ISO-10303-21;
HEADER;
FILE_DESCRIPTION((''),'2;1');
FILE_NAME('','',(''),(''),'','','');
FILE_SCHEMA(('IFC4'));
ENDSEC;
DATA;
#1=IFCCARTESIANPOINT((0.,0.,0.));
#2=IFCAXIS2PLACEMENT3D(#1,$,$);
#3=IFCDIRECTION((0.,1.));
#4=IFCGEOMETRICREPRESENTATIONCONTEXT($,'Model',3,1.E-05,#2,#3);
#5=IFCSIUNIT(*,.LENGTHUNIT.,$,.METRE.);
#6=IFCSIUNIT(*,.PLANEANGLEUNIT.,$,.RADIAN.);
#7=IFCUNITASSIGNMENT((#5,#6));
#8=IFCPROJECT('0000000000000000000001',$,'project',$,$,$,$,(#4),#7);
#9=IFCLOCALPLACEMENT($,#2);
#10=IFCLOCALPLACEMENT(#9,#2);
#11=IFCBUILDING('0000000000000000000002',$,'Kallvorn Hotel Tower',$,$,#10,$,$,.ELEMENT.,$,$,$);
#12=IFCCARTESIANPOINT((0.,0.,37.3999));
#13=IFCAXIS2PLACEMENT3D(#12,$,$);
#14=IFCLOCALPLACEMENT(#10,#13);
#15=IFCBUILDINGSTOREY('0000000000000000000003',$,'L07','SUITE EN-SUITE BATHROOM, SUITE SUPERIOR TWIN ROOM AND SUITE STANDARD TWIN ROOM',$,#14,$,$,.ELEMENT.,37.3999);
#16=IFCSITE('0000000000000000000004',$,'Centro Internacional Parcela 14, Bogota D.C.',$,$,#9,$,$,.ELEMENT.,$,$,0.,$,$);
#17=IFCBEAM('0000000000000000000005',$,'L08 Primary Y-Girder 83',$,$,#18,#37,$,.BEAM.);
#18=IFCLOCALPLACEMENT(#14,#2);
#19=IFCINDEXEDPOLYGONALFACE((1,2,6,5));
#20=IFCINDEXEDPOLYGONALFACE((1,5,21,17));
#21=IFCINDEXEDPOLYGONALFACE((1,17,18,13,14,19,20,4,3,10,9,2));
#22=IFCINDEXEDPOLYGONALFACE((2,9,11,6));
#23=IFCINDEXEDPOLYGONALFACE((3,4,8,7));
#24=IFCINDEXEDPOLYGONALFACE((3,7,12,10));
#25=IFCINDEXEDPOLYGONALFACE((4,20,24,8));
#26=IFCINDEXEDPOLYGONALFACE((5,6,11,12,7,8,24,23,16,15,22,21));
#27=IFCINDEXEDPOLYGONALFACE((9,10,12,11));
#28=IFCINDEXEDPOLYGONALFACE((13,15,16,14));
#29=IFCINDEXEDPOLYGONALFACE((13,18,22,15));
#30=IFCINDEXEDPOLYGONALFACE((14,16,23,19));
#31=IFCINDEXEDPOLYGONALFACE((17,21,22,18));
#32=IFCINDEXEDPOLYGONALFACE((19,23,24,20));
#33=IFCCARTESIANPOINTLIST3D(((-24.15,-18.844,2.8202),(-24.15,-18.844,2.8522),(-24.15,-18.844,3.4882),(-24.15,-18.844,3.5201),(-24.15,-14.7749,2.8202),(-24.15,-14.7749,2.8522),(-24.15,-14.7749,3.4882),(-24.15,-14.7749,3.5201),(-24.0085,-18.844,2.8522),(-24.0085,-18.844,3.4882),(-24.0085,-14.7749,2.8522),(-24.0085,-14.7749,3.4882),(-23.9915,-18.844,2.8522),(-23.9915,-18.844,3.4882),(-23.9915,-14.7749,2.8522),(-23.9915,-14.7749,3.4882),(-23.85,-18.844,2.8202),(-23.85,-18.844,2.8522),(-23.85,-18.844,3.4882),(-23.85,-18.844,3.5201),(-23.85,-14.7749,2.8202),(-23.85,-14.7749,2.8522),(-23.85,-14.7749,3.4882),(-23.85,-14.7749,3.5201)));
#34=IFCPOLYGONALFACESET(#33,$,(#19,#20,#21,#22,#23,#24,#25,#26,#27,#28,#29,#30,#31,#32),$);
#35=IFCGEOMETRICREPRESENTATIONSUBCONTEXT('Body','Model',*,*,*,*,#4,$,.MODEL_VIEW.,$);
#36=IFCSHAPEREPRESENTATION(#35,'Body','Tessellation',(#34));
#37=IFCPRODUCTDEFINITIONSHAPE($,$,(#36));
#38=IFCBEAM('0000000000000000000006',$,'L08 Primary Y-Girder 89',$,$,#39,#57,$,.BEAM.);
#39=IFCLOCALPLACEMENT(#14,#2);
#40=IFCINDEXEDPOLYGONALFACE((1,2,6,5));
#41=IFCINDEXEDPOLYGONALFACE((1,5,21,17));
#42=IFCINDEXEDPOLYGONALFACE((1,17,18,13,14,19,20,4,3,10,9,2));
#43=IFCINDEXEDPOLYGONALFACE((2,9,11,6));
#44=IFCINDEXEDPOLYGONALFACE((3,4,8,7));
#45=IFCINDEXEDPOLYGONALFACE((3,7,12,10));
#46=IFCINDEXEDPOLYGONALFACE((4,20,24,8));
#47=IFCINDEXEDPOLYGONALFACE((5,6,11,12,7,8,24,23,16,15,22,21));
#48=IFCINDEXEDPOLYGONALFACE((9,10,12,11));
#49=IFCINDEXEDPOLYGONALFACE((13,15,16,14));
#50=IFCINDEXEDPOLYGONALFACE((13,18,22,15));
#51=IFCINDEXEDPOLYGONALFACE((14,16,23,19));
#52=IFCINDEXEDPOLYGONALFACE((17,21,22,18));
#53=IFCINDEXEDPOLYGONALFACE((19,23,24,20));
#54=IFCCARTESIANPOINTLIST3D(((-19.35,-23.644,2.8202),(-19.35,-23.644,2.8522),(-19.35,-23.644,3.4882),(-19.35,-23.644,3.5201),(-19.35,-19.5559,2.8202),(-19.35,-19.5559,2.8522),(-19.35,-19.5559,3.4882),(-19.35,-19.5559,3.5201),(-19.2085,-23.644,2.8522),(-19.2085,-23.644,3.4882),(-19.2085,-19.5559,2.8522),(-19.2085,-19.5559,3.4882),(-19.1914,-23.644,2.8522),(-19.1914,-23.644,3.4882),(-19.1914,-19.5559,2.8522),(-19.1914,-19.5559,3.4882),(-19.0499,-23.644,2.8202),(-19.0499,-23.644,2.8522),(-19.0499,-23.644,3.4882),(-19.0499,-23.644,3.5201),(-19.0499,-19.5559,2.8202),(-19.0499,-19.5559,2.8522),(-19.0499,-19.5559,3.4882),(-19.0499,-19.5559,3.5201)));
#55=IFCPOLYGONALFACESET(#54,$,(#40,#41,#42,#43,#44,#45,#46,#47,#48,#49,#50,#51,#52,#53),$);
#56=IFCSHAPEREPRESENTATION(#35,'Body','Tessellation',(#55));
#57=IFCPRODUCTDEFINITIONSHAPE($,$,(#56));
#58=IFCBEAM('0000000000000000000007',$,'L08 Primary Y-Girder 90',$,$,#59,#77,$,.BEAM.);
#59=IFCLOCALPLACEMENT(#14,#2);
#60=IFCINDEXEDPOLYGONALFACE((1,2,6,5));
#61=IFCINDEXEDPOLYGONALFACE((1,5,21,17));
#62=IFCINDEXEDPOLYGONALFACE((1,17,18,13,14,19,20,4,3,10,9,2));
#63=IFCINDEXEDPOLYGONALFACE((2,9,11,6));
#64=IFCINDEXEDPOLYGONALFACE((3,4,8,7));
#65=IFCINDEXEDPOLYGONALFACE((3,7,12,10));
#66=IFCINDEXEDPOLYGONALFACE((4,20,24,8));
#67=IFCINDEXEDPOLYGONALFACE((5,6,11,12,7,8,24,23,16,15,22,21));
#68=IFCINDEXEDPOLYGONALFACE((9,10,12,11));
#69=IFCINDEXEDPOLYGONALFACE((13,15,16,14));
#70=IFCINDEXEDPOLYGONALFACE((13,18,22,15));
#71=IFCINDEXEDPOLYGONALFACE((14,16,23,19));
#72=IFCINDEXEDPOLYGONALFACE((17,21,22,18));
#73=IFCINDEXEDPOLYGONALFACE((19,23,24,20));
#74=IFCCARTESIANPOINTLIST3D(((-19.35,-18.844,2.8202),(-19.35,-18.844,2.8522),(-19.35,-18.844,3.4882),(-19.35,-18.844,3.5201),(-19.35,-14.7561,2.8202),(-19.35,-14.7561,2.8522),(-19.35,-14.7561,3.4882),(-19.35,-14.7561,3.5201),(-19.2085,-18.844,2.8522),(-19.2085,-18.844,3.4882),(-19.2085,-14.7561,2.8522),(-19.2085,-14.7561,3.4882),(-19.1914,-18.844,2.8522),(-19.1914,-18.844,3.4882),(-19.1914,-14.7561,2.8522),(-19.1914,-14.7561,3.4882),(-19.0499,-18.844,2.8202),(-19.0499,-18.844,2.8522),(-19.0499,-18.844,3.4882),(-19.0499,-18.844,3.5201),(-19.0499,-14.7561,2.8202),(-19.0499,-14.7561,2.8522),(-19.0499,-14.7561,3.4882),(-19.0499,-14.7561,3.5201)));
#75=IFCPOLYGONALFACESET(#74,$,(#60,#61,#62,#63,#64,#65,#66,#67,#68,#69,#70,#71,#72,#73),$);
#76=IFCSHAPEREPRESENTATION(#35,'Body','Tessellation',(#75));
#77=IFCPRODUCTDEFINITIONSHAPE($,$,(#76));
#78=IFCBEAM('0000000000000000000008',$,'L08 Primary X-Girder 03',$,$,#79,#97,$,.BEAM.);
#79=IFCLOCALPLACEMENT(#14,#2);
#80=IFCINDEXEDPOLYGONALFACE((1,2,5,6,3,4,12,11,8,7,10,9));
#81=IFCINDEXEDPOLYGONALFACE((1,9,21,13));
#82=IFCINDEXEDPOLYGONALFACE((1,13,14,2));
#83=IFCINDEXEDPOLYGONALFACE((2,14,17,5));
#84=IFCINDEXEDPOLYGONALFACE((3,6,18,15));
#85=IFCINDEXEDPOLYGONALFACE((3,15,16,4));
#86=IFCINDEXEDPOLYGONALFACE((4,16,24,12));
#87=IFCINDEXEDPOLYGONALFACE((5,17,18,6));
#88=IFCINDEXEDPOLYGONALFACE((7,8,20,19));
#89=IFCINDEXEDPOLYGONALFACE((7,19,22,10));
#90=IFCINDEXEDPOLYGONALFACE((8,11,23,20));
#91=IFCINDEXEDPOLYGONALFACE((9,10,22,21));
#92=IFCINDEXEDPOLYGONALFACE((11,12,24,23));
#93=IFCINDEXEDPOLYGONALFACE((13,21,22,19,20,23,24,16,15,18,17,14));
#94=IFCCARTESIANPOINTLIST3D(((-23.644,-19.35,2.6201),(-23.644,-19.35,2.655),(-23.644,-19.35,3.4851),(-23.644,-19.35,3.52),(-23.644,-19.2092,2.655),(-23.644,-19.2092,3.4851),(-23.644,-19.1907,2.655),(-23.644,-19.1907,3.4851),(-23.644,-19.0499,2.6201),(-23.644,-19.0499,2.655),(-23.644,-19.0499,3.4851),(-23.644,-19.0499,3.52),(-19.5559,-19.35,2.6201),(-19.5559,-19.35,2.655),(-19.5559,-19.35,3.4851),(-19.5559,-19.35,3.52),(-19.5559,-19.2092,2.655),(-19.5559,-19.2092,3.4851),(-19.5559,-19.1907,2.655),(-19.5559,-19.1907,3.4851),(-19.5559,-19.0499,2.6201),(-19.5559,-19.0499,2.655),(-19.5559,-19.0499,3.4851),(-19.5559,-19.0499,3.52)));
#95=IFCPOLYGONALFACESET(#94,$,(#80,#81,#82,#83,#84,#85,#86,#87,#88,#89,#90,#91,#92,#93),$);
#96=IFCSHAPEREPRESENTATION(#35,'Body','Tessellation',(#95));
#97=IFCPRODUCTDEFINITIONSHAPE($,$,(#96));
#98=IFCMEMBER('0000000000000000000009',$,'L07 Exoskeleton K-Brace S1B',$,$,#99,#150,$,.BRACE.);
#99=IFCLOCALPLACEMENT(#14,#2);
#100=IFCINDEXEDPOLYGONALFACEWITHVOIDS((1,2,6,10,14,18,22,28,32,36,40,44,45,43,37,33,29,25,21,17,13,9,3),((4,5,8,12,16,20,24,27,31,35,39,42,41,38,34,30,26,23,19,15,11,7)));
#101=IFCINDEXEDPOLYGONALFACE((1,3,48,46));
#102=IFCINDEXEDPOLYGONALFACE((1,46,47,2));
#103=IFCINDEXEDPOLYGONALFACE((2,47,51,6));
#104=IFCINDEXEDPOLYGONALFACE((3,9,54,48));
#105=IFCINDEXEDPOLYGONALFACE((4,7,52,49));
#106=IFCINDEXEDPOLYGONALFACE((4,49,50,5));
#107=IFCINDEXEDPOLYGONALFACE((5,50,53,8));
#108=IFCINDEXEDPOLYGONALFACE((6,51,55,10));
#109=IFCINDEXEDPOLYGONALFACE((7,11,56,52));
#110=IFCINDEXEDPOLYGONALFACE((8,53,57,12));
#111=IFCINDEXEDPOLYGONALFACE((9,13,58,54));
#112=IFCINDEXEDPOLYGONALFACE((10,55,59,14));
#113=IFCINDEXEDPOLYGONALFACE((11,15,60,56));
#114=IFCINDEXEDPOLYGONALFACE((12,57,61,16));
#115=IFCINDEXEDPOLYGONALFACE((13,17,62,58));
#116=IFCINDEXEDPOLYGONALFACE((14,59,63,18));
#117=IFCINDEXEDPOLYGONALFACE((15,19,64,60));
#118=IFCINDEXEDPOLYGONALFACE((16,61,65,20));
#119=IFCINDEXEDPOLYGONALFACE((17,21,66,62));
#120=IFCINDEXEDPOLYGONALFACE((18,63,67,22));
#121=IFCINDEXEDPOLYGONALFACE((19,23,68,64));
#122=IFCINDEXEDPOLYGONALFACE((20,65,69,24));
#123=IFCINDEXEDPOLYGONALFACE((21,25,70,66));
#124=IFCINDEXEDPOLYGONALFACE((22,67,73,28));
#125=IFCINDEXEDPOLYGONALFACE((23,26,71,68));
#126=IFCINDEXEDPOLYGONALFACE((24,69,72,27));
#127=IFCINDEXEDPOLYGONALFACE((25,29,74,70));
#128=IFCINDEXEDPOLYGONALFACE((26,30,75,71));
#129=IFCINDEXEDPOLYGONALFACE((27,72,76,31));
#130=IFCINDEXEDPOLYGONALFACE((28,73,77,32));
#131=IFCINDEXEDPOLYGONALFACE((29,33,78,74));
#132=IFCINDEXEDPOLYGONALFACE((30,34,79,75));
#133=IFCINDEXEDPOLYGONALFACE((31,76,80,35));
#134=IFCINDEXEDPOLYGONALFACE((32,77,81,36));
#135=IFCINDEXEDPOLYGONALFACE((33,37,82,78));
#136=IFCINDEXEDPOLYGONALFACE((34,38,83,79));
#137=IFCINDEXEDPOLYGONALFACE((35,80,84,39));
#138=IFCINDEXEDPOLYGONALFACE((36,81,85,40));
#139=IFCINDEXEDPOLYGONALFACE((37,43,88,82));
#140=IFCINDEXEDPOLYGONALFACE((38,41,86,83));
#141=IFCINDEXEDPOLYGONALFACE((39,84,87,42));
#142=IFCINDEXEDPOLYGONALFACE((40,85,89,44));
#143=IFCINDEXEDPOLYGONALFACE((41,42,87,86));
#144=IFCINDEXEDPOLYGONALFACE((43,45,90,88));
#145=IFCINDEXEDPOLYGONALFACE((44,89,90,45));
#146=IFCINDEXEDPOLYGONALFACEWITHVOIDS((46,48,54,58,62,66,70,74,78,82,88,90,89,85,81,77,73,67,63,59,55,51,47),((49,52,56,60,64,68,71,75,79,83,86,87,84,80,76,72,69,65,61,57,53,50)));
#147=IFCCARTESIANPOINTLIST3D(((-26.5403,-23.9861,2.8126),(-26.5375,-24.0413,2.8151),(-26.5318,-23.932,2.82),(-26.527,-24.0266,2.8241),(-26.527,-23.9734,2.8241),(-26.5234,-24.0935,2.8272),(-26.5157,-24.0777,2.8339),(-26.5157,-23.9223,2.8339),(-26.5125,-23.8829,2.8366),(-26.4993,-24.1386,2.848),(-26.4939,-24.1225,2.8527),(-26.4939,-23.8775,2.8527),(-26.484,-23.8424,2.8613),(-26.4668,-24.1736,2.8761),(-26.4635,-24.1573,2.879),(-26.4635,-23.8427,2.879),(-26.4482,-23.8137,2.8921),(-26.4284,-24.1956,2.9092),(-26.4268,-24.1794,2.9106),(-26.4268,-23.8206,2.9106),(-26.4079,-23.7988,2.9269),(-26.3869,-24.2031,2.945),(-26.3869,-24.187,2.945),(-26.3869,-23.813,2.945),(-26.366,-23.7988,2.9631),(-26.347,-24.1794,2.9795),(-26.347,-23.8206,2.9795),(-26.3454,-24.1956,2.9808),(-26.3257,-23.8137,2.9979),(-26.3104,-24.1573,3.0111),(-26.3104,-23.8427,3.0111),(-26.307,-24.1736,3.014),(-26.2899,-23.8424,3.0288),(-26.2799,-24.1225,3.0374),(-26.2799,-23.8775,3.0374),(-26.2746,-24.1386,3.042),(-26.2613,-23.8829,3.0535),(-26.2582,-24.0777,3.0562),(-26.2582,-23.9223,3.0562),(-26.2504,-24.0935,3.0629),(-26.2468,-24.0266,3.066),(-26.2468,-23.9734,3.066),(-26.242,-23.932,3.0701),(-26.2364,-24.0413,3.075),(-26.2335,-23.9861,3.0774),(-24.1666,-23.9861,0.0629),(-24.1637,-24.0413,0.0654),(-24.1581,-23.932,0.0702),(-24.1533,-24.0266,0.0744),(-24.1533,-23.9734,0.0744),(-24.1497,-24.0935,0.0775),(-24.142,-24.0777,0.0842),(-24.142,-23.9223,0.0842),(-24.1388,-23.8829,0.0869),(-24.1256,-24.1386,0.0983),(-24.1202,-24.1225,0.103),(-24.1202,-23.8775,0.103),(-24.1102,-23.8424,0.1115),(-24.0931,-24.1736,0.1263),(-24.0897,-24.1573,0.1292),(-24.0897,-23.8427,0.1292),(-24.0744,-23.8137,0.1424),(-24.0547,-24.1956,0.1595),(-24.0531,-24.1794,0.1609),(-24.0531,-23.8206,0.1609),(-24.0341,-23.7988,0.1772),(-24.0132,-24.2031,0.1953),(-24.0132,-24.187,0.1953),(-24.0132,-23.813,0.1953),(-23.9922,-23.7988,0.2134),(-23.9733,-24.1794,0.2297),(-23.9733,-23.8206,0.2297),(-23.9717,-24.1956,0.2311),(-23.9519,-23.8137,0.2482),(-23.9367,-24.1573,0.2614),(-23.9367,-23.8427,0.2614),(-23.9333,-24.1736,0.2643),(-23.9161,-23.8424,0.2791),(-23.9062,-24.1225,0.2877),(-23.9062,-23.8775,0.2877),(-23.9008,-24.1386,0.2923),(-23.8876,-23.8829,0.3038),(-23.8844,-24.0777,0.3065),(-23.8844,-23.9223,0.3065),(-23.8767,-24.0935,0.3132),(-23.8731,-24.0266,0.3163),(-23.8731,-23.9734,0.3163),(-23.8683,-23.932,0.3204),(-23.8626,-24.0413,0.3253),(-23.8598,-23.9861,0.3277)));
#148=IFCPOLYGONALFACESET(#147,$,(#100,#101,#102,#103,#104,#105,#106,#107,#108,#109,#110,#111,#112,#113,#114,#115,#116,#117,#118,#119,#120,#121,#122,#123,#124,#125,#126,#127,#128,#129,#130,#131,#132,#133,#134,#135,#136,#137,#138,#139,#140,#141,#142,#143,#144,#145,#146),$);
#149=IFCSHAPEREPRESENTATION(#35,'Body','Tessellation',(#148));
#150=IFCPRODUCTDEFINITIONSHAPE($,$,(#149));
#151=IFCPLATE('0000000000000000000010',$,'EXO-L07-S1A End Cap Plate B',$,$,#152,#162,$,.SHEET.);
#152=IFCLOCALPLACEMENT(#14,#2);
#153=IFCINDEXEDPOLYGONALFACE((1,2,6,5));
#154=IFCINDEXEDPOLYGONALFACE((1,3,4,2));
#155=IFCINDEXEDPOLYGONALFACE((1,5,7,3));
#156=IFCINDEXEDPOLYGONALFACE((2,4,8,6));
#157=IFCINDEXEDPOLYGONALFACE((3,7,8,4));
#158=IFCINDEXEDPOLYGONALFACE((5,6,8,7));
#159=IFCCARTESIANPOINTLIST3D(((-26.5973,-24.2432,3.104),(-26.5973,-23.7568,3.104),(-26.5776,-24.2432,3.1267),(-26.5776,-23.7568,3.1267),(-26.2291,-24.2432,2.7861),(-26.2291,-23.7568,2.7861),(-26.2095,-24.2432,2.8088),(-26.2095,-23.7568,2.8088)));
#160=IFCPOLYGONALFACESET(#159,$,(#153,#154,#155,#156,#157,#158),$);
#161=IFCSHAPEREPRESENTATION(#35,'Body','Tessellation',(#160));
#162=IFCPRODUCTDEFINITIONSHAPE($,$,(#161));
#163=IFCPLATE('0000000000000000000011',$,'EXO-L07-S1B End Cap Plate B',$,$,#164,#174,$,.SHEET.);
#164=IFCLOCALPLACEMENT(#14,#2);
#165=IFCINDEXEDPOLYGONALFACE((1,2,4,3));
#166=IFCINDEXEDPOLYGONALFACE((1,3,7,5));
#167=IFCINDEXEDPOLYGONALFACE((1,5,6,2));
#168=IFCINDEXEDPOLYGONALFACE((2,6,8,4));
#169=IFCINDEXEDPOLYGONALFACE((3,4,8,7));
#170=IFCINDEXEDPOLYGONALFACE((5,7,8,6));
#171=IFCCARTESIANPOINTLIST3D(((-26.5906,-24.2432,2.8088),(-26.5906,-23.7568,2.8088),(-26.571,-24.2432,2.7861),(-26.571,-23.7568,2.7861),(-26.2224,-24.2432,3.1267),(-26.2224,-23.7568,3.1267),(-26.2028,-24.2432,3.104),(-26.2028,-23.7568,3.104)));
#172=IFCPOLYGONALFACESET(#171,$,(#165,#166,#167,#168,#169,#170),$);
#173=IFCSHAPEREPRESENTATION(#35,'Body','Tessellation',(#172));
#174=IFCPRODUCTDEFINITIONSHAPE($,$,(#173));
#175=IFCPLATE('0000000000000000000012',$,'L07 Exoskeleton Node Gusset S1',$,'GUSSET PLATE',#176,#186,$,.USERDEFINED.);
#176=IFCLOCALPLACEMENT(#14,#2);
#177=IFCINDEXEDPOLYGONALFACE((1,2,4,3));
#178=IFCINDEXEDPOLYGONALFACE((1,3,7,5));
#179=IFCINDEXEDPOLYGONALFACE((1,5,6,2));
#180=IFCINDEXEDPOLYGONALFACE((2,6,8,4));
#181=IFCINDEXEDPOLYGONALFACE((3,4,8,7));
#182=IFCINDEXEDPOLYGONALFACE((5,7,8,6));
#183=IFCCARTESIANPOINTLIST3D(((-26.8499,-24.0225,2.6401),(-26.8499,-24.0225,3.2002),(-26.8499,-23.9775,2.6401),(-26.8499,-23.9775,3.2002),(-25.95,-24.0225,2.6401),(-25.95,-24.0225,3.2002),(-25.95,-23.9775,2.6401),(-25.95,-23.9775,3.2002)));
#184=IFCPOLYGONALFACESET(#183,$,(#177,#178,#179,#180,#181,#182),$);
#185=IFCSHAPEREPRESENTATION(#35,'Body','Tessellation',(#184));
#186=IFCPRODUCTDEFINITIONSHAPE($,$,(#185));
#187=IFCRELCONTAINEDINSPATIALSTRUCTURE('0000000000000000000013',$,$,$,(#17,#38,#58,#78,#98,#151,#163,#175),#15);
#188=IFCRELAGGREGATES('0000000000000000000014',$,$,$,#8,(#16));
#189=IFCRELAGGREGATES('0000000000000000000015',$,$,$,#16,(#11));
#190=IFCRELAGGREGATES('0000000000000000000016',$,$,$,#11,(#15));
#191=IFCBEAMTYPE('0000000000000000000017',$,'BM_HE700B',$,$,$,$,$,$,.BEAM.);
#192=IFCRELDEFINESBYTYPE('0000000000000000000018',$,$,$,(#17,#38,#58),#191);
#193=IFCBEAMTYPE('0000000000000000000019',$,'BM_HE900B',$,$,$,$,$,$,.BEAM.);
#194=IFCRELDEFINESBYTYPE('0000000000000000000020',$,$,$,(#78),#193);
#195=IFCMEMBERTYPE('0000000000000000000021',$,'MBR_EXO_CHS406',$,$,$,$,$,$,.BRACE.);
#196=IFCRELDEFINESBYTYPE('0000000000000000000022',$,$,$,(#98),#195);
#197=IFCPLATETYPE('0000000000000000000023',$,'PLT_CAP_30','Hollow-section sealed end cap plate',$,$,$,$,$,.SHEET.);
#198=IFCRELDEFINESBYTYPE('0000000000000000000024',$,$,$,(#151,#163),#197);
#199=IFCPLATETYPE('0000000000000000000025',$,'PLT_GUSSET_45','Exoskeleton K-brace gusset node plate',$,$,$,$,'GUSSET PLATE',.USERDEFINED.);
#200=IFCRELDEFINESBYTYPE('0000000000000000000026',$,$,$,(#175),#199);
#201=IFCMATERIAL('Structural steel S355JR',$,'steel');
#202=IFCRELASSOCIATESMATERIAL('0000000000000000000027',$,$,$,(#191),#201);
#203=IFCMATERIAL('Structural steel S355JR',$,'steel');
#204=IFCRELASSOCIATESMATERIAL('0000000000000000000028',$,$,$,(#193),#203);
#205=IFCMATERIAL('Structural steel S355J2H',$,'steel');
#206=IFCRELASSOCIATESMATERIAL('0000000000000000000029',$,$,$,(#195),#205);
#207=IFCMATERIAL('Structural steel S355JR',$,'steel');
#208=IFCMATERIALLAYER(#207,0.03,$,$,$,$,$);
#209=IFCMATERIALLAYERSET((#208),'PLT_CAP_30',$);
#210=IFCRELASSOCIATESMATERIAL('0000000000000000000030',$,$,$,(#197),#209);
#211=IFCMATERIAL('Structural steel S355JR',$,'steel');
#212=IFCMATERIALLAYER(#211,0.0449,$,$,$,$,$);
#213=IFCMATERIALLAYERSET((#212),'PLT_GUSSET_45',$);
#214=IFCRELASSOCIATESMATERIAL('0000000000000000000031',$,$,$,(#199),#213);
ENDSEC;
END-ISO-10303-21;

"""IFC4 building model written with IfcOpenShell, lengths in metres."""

from ifc_helpers import new_model, si_unit, direction, frame, origin, origin_2d, place, context, subcontext, project, spatial, polyline, rectangle, hollow_circle, i_section, outline, extrude, material, layer, layer_set, material_profile, profile_set, type_object, element, save


model = new_model("IFC4")

# Units and contexts
model_context = context("Model", 3, precision=1e-05, world=origin(), true_north=direction((0.0, 1.0)))
body_context = subcontext(model_context, "Body", "Model", "MODEL_VIEW")
ifc_project = project(units=[si_unit("LENGTHUNIT", "METRE"), si_unit("PLANEANGLEUNIT", "RADIAN")], contexts=[model_context])

# Site, building, storey
site_placement = place(None, origin())
site = spatial("IfcSite", under=ifc_project, at=site_placement, Name="Centro Internacional Parcela 14, Bogota D.C.", CompositionType="ELEMENT", RefElevation=0.0)
building_placement = place(site_placement, origin())
building = spatial("IfcBuilding", under=site, at=building_placement, Name="Kallvorn Hotel Tower", CompositionType="ELEMENT")
storey_placement = place(building_placement, frame((0.0, 0.0, 37.3999)))
storey = spatial("IfcBuildingStorey", under=building, at=storey_placement, Name="L07", Description="SUITE EN-SUITE BATHROOM, SUITE SUPERIOR TWIN ROOM AND SUITE STANDARD TWIN ROOM", CompositionType="ELEMENT", Elevation=37.3999)

# Beams
ifc_material_1 = material(Name="Structural steel S355JR", Category="steel")
ifc_material_profile_1 = material_profile(ifc_material_1, i_section(OverallWidth=0.3, OverallDepth=0.7, WebThickness=0.0171, FlangeThickness=0.032, at=origin_2d()), Name="HE 700 B")
ifc_profile_set_1 = profile_set([ifc_material_profile_1], Name="Structural steel S355JR")
beam_type_1 = type_object("IfcBeamType", Name="BM_HE700B", PredefinedType="BEAM", material=ifc_profile_set_1)
beam_1_placement = place(storey_placement, frame((-24.0, -18.844, 3.1702), z_axis=(0.0, 1.0, 0.0), x_axis=(-1.0, 0.0, 0.0)))
element("IfcBeam", 1, at=beam_1_placement, inside=storey, type_object=beam_type_1, Name="L08 Primary Y-Girder 83", PredefinedType="BEAM", context=body_context, shape_type="SweptSolid", body=[
    extrude(i_section(OverallWidth=0.3, OverallDepth=0.7, WebThickness=0.0171, FlangeThickness=0.032, at=origin_2d()), origin(), (0.0, 0.0, 1.0), 4.0691),
])
beam_2_placement = place(storey_placement, frame((-19.2, -23.644, 3.1702), z_axis=(0.0, 1.0, 0.0), x_axis=(-1.0, 0.0, 0.0)))
element("IfcBeam", 2, at=beam_2_placement, inside=storey, type_object=beam_type_1, Name="L08 Primary Y-Girder 89", PredefinedType="BEAM", context=body_context, shape_type="SweptSolid", body=[
    extrude(i_section(OverallWidth=0.3, OverallDepth=0.7, WebThickness=0.0171, FlangeThickness=0.032, at=origin_2d()), origin(), (0.0, 0.0, 1.0), 4.0881),
])
beam_3_placement = place(storey_placement, frame((-19.2, -18.844, 3.1702), z_axis=(0.0, 1.0, 0.0), x_axis=(-1.0, 0.0, 0.0)))
element("IfcBeam", 3, at=beam_3_placement, inside=storey, type_object=beam_type_1, Name="L08 Primary Y-Girder 90", PredefinedType="BEAM", context=body_context, shape_type="SweptSolid", body=[
    extrude(i_section(OverallWidth=0.3, OverallDepth=0.7, WebThickness=0.0171, FlangeThickness=0.032, at=origin_2d()), origin(), (0.0, 0.0, 1.0), 4.0879),
])
ifc_material_2 = material(Name="Structural steel S355JR", Category="steel")
ifc_material_profile_2 = material_profile(ifc_material_2, i_section(OverallWidth=0.3, OverallDepth=0.8999, WebThickness=0.0186, FlangeThickness=0.0349, at=origin_2d()), Name="HE 900 B")
ifc_profile_set_2 = profile_set([ifc_material_profile_2], Name="Structural steel S355JR")
beam_type_2 = type_object("IfcBeamType", Name="BM_HE900B", PredefinedType="BEAM", material=ifc_profile_set_2)
beam_4_placement = place(storey_placement, frame((-23.644, -19.2, 3.0701), z_axis=(1.0, 0.0, 0.0), x_axis=(0.0, 1.0, 0.0)))
element("IfcBeam", 4, at=beam_4_placement, inside=storey, type_object=beam_type_2, Name="L08 Primary X-Girder 03", PredefinedType="BEAM", context=body_context, shape_type="SweptSolid", body=[
    extrude(i_section(OverallWidth=0.3, OverallDepth=0.8999, WebThickness=0.0186, FlangeThickness=0.0349, at=origin_2d()), origin(), (0.0, 0.0, 1.0), 4.0881),
])

# Member
ifc_material_3 = material(Name="Structural steel S355J2H", Category="steel")
ifc_material_profile_3 = material_profile(ifc_material_3, hollow_circle(Radius=0.2031, WallThickness=0.0161, at=origin_2d()), Name="CHS 406.4x16")
ifc_profile_set_3 = profile_set([ifc_material_profile_3], Name="Structural steel S355J2H")
member_type = type_object("IfcMemberType", Name="MBR_EXO_CHS406", PredefinedType="BRACE", material=ifc_profile_set_3)
member_placement = place(storey_placement, frame((-24.0132, -24.0, 0.1953), z_axis=(-0.653461, 0.0, 0.756961), x_axis=(0.0, -1.0, 0.0)))
element("IfcMember", 5, at=member_placement, inside=storey, type_object=member_type, Name="L07 Exoskeleton K-Brace S1B", PredefinedType="BRACE", context=body_context, shape_type="SweptSolid", body=[
    extrude(hollow_circle(Radius=0.2031, WallThickness=0.0161, at=origin_2d()), origin(), (0.0, 0.0, 1.0), 3.6326),
])

# Plates
ifc_material_4 = material(Name="Structural steel S355JR", Category="steel")
ifc_layer_1 = layer(ifc_material_4, 0.03)
ifc_layer_set_1 = layer_set([ifc_layer_1], Name="PLT_CAP_30")
plate_type_1 = type_object("IfcPlateType", Name="PLT_CAP_30", Description="Hollow-section sealed end cap plate", PredefinedType="SHEET", material=ifc_layer_set_1)
for number, where, z_axis, x_axis, name in (
    (6, (-26.2095, -24.2432, 2.8088), (0.653515, 0.0, 0.756913), (0.0, 1.0, 0.0), "EXO-L07-S1A End Cap Plate B"),
    (7, (-26.5906, -23.7568, 2.8088), (-0.653515, 0.0, 0.756913), (0.0, -1.0, 0.0), "EXO-L07-S1B End Cap Plate B"),
):
    element("IfcPlate", number, at=place(storey_placement, frame(where, z_axis=z_axis, x_axis=x_axis)), inside=storey, type_object=plate_type_1, Name=name, PredefinedType="SHEET", context=body_context, shape_type="SweptSolid", body=[
        extrude(outline(polyline([(0.0, 0.0), (0.4863, 0.0), (0.4863, 0.4864), (0.0, 0.4864), (0.0, 0.0)])), origin(), (0.0, 0.0, -1.0), 0.03),
    ])
ifc_material_5 = material(Name="Structural steel S355JR", Category="steel")
ifc_layer_2 = layer(ifc_material_5, 0.0449)
ifc_layer_set_2 = layer_set([ifc_layer_2], Name="PLT_GUSSET_45")
plate_type_2 = type_object("IfcPlateType", Name="PLT_GUSSET_45", Description="Exoskeleton K-brace gusset node plate", ElementType="GUSSET PLATE", PredefinedType="USERDEFINED", material=ifc_layer_set_2)
plate_placement = place(storey_placement, frame((-26.3999, -24.0, 2.6401), z_axis=(0.0, 0.0, 1.0), x_axis=(1.0, 0.0, 0.0)))
element("IfcPlate", 8, at=plate_placement, inside=storey, type_object=plate_type_2, Name="L07 Exoskeleton Node Gusset S1", ObjectType="GUSSET PLATE", PredefinedType="USERDEFINED", context=body_context, shape_type="SweptSolid", body=[
    extrude(rectangle(XDim=0.8999, YDim=0.0449, at=origin_2d()), origin(), (0.0, 0.0, 1.0), 0.5601),
])

save(model, "model.ifc")
